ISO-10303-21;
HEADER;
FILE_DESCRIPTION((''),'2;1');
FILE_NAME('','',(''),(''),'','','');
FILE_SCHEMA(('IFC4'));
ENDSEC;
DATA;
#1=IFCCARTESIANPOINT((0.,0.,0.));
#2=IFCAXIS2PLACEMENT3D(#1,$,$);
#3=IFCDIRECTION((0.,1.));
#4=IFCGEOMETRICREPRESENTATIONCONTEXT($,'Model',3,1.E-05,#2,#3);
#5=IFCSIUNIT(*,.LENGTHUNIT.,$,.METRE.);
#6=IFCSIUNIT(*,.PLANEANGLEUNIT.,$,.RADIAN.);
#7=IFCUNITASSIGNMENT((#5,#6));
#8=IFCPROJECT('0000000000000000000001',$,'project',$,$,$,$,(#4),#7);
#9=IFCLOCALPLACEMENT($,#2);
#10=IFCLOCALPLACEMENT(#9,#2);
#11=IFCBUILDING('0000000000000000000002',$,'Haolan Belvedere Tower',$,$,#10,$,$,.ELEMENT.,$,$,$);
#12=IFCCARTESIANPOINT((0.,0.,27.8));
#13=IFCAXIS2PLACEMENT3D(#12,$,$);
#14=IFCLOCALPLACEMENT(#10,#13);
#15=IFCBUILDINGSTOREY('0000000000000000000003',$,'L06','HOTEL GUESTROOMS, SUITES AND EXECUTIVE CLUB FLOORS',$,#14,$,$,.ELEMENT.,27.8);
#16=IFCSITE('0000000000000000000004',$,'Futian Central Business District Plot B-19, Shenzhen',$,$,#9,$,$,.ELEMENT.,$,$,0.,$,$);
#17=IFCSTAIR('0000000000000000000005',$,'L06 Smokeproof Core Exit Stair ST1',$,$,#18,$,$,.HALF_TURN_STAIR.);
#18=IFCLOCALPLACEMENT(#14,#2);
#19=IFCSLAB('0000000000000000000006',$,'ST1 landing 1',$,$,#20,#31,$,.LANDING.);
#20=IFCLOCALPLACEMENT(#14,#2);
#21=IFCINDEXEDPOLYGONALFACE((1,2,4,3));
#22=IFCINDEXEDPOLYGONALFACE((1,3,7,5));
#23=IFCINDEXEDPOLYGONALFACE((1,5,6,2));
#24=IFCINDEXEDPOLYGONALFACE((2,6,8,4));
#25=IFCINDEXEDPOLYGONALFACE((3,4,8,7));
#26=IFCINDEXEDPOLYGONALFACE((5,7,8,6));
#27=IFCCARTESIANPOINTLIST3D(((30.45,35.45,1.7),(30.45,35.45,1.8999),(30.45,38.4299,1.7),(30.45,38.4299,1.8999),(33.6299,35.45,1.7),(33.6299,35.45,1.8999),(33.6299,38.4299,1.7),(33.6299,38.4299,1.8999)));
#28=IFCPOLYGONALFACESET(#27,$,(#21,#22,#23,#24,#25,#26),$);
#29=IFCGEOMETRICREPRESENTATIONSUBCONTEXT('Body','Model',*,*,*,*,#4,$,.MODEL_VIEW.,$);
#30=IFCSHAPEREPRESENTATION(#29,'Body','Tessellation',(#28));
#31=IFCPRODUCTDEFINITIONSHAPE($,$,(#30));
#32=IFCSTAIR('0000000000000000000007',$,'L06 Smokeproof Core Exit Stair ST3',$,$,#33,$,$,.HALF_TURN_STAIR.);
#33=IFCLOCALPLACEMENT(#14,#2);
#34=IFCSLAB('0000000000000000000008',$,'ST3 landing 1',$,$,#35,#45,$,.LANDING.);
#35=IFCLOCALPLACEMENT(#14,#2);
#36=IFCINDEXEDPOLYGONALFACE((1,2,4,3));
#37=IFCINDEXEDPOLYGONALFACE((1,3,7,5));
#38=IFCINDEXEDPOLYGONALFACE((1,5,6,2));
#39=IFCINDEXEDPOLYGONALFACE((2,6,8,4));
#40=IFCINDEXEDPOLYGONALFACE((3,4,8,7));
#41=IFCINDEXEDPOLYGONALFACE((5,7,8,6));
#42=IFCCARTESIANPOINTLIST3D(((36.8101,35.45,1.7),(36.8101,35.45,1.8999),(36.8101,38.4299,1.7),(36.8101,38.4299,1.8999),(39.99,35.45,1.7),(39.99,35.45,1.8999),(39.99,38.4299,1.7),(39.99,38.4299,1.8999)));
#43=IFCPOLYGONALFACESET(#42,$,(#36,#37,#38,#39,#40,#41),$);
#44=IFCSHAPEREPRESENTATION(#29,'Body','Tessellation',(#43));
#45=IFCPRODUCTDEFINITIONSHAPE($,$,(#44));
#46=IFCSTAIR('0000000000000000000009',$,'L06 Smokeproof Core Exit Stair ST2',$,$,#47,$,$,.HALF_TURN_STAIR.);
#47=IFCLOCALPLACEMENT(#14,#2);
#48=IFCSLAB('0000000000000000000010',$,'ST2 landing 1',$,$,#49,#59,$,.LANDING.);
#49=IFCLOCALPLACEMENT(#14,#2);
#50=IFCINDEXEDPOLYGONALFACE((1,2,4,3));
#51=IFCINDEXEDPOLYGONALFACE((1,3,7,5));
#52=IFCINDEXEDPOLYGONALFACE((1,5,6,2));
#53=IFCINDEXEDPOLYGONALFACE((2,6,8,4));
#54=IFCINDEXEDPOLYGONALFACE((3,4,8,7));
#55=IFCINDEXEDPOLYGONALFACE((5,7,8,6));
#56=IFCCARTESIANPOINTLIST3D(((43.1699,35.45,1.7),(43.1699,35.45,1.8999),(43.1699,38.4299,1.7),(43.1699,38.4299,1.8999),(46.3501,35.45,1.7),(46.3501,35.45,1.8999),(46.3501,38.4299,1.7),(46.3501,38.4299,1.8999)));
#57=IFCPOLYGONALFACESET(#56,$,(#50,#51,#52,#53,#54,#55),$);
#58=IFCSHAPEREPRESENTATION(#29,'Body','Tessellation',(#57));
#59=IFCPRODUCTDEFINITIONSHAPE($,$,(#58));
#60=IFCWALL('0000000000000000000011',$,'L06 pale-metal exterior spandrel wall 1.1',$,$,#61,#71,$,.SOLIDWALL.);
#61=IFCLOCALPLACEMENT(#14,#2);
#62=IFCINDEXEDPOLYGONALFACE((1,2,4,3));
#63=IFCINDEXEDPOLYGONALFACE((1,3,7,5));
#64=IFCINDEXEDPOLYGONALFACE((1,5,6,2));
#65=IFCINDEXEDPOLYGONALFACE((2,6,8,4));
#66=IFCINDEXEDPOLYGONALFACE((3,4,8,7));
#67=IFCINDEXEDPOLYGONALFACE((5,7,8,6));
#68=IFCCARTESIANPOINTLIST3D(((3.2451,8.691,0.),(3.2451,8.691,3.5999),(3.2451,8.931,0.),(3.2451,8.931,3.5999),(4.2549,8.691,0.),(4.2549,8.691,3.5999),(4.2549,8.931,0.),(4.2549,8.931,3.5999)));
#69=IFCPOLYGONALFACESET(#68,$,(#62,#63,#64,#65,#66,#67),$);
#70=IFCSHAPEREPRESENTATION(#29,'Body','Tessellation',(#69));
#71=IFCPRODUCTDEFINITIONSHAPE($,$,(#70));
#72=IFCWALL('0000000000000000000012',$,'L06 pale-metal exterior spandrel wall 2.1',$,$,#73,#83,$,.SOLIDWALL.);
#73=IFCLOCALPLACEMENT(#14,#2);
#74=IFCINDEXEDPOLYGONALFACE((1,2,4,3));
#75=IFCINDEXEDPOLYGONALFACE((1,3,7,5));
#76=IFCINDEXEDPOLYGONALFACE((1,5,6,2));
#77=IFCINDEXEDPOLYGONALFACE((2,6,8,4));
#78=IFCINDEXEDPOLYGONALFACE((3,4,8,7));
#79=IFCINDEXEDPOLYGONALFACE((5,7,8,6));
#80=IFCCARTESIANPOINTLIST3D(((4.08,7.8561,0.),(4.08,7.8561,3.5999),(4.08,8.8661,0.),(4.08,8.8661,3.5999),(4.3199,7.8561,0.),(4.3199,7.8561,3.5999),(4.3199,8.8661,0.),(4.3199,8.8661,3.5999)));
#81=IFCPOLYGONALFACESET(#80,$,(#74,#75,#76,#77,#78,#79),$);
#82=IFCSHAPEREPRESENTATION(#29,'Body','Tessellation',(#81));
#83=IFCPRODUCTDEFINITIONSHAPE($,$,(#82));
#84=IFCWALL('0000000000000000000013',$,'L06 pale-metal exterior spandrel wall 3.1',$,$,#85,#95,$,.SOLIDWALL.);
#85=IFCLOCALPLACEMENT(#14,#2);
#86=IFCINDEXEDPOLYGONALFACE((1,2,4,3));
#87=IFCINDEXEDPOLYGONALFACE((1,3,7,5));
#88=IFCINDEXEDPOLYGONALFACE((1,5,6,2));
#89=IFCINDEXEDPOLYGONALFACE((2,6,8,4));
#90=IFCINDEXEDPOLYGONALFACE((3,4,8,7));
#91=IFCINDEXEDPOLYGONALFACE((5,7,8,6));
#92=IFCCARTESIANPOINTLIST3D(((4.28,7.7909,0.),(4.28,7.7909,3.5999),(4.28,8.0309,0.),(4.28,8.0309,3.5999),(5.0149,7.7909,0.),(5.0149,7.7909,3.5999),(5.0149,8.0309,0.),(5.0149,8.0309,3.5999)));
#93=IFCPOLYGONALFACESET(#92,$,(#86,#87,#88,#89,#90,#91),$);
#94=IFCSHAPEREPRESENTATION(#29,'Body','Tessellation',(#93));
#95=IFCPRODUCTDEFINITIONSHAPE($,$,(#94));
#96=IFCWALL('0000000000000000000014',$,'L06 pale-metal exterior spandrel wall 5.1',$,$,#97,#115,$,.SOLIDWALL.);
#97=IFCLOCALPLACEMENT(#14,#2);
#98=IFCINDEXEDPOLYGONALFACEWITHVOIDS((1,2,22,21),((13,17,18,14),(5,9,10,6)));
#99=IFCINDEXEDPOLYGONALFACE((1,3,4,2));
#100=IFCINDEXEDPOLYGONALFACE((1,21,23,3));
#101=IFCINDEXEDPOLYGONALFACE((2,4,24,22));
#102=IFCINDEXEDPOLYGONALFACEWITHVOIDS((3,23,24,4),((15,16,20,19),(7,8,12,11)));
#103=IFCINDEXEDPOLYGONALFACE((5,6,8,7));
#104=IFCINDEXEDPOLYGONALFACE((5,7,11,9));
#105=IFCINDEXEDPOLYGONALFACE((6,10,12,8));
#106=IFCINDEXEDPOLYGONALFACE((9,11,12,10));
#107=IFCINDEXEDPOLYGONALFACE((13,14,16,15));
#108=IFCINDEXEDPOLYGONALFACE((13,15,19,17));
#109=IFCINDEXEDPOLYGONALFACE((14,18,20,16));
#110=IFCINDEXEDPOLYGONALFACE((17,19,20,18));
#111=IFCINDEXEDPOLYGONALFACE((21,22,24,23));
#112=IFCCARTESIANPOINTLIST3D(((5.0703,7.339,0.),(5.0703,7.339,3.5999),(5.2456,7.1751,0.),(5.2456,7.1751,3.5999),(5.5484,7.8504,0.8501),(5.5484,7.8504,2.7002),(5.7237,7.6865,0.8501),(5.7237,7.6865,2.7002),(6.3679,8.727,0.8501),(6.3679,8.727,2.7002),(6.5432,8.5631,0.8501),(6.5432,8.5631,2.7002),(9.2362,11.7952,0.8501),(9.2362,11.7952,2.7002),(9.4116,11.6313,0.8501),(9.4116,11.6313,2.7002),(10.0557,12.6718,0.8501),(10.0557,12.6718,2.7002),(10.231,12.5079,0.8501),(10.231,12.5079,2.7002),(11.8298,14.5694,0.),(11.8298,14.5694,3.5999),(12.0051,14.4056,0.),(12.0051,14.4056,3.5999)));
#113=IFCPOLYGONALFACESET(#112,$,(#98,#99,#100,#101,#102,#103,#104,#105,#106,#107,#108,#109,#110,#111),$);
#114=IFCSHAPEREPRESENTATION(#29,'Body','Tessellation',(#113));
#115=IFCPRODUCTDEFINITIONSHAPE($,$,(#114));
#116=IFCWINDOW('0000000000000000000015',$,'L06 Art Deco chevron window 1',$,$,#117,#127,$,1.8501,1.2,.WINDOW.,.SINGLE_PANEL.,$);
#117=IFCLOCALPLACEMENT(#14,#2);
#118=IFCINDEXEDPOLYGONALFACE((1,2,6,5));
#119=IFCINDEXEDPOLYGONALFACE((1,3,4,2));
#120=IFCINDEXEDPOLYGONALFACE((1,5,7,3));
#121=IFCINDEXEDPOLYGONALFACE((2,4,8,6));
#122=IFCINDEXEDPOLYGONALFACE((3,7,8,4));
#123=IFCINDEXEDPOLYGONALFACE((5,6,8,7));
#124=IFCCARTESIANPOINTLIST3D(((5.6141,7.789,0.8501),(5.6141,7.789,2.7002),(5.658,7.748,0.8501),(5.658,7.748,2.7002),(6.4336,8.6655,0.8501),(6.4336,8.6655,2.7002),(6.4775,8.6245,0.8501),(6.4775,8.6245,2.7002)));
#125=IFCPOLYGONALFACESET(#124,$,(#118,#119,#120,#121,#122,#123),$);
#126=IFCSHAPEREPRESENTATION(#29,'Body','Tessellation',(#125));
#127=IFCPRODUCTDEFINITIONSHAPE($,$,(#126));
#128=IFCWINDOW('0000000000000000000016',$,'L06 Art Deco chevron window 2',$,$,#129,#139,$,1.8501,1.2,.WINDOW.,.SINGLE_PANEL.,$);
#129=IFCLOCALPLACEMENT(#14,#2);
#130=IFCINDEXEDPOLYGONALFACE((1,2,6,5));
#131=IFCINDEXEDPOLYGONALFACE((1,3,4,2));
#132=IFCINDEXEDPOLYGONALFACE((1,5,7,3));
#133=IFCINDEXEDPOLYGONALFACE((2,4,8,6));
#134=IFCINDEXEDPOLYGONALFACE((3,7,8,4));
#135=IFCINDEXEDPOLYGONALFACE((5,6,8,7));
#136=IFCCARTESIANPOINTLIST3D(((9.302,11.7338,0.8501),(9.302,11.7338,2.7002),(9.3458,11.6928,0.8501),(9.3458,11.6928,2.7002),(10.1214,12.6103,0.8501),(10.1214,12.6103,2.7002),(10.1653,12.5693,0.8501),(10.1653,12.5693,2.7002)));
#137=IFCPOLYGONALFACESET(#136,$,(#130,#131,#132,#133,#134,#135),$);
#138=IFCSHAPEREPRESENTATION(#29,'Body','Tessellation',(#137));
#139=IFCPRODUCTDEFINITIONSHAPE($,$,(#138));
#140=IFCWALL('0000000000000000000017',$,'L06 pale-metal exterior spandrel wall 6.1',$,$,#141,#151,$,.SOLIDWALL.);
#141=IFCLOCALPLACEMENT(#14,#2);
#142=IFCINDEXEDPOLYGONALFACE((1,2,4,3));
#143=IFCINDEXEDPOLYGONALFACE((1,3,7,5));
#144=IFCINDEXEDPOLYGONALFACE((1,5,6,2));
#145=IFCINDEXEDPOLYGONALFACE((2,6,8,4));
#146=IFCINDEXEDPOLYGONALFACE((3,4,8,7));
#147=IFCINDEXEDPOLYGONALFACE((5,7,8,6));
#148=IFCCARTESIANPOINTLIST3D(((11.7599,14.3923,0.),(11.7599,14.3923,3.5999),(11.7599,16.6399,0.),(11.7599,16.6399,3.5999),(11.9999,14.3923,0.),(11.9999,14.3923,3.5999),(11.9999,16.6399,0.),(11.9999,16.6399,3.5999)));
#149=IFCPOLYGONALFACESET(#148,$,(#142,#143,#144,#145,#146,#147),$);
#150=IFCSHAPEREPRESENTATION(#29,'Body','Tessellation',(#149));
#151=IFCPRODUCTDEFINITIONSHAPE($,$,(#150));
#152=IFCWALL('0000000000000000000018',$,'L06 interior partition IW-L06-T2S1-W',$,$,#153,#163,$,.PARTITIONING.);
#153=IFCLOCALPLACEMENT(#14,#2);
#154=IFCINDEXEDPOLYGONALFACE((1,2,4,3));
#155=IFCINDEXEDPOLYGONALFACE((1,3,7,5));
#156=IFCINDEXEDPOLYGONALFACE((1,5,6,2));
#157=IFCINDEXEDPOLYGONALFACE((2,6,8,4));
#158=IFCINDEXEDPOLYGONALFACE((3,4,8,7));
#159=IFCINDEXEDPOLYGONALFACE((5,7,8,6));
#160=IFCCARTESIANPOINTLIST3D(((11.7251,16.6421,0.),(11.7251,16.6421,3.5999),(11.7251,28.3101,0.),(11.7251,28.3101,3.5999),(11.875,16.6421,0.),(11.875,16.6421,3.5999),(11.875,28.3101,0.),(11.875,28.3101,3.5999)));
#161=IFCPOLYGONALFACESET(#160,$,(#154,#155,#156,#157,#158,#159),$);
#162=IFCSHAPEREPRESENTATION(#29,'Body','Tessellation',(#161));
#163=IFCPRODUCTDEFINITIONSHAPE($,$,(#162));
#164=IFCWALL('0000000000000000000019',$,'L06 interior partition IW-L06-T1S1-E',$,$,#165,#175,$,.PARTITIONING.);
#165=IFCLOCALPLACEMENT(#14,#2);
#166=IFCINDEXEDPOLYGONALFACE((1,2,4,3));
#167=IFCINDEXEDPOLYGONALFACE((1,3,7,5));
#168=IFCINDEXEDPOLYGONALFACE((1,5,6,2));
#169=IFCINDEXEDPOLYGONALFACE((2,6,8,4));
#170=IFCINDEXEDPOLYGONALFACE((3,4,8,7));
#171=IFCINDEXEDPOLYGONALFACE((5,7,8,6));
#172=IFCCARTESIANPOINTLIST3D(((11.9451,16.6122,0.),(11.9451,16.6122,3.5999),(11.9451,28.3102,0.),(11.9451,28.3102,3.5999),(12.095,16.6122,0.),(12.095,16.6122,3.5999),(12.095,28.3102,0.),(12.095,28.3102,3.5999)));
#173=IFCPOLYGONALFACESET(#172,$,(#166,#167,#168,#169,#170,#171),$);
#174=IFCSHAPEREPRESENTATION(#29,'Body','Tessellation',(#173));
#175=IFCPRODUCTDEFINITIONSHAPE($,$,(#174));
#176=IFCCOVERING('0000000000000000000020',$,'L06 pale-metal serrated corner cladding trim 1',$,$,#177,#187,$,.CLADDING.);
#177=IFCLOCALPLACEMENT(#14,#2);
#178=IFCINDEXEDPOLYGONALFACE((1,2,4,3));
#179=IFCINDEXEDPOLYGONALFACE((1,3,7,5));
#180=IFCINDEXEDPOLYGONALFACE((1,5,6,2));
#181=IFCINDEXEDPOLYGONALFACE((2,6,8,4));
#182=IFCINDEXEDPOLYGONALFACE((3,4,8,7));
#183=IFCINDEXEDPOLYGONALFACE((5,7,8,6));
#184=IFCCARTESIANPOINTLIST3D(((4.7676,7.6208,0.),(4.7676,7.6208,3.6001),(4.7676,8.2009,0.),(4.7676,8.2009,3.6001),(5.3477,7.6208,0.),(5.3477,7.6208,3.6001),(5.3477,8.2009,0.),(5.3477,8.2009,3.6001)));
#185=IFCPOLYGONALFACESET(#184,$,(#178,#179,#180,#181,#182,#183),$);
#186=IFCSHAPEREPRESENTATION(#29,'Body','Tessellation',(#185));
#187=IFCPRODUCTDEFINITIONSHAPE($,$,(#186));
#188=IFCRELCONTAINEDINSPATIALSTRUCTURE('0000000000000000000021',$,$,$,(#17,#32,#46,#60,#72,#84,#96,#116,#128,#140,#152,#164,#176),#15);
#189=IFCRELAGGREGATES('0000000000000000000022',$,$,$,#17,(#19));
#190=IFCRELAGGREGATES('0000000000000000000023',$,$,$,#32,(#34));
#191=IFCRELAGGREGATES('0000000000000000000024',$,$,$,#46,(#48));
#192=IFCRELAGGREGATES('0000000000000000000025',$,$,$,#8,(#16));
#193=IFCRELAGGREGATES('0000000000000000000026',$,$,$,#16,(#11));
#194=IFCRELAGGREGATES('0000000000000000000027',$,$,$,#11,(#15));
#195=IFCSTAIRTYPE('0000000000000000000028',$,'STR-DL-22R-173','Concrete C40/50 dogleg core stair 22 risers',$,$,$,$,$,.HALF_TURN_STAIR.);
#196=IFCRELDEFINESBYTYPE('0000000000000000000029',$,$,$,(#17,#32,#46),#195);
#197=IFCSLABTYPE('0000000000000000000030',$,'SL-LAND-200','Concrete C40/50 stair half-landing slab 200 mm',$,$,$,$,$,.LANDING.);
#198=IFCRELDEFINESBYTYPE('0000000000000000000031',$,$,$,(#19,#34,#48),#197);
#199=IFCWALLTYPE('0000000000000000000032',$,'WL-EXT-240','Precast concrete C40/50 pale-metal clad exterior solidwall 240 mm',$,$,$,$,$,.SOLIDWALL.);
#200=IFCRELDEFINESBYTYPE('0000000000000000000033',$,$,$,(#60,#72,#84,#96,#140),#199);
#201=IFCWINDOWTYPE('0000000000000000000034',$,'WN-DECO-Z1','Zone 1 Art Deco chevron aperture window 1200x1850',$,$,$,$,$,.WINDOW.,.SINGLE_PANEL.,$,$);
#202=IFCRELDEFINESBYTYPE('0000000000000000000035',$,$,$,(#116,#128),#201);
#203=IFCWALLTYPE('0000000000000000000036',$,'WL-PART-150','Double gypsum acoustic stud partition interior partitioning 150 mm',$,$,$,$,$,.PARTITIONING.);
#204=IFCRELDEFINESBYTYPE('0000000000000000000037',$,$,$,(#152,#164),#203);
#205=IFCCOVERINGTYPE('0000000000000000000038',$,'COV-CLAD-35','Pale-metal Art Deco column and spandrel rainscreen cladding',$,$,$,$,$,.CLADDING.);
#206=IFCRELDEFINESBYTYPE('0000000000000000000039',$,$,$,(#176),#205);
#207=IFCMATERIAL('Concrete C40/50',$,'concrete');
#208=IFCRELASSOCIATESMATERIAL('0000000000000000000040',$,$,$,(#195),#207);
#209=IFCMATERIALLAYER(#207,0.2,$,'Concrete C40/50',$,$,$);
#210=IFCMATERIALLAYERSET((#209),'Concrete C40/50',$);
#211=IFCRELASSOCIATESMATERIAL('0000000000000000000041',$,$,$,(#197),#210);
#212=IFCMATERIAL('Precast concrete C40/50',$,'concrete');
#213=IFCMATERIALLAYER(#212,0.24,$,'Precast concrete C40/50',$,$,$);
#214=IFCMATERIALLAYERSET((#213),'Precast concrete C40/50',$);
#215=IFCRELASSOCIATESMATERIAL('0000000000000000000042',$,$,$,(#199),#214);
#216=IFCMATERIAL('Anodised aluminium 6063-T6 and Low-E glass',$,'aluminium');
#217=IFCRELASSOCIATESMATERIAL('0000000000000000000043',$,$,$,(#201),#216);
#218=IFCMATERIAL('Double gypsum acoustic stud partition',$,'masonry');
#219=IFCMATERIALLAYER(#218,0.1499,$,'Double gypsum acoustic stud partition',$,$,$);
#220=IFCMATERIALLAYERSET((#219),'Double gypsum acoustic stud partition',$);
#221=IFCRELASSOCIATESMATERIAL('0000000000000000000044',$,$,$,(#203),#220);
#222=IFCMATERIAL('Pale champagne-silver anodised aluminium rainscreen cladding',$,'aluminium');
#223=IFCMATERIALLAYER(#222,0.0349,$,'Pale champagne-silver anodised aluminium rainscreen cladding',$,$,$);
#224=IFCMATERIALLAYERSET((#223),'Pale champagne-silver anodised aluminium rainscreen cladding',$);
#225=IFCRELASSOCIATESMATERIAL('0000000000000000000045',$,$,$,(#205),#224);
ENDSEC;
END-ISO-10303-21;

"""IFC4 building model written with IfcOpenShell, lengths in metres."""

from ifc_helpers import new_model, si_unit, direction, frame, frame_2d, origin, origin_2d, place, context, subcontext, project, spatial, polyline, rectangle, outline, extrude, material, layer, layer_set, type_object, element, fill, aggregate, save


model = new_model("IFC4")

# Units and contexts
model_context = context("Model", 3, precision=1e-05, world=origin(), true_north=direction((0.0, 1.0)))
body_context = subcontext(model_context, "Body", "Model", "MODEL_VIEW")
ifc_project = project(units=[si_unit("LENGTHUNIT", "METRE"), si_unit("PLANEANGLEUNIT", "RADIAN")], contexts=[model_context])

# Site, building, storey
site_placement = place(None, origin())
site = spatial("IfcSite", under=ifc_project, at=site_placement, Name="Futian Central Business District Plot B-19, Shenzhen", CompositionType="ELEMENT", RefElevation=0.0)
building_placement = place(site_placement, origin())
building = spatial("IfcBuilding", under=site, at=building_placement, Name="Haolan Belvedere Tower", CompositionType="ELEMENT")
storey_placement = place(building_placement, frame((0.0, 0.0, 27.8)))
storey = spatial("IfcBuildingStorey", under=building, at=storey_placement, Name="L06", Description="HOTEL GUESTROOMS, SUITES AND EXECUTIVE CLUB FLOORS", CompositionType="ELEMENT", Elevation=27.8)

# Shared definitions
ifc_material_1 = material(Name="Concrete C40/50", Category="concrete")

# Stairs, slabs
stair_type = type_object("IfcStairType", Name="STR-DL-22R-173", Description="Concrete C40/50 dogleg core stair 22 risers", PredefinedType="HALF_TURN_STAIR", material=ifc_material_1)
stair_1_placement = place(storey_placement, origin())
stair_1 = element("IfcStair", 1, at=stair_1_placement, inside=storey, type_object=stair_type, Name="L06 Smokeproof Core Exit Stair ST1", PredefinedType="HALF_TURN_STAIR")
ifc_layer_1 = layer(ifc_material_1, 0.2, Name="Concrete C40/50")
ifc_layer_set_1 = layer_set([ifc_layer_1], Name="Concrete C40/50")
slab_type_1 = type_object("IfcSlabType", Name="SL-LAND-200", Description="Concrete C40/50 stair half-landing slab 200 mm", PredefinedType="LANDING", material=ifc_layer_set_1)
slab_1_placement = place(storey_placement, frame((0.0, 0.0, 1.7)))
slab_1 = element("IfcSlab", 2, at=slab_1_placement, type_object=slab_type_1, Name="ST1 landing 1", PredefinedType="LANDING", context=body_context, shape_type="SweptSolid", body=[
    extrude(outline(polyline([(30.45, 38.4299), (30.45, 35.45), (33.6299, 35.45), (33.6299, 38.4299), (30.45, 38.4299)])), origin(), (0.0, 0.0, 1.0), 0.2),
])
aggregate(stair_1, [slab_1])
stair_2_placement = place(storey_placement, origin())
stair_2 = element("IfcStair", 3, at=stair_2_placement, inside=storey, type_object=stair_type, Name="L06 Smokeproof Core Exit Stair ST3", PredefinedType="HALF_TURN_STAIR")
slab_2_placement = place(storey_placement, frame((0.0, 0.0, 1.7)))
slab_2 = element("IfcSlab", 4, at=slab_2_placement, type_object=slab_type_1, Name="ST3 landing 1", PredefinedType="LANDING", context=body_context, shape_type="SweptSolid", body=[
    extrude(outline(polyline([(36.8101, 38.4299), (36.8101, 35.45), (39.99, 35.45), (39.99, 38.4299), (36.8101, 38.4299)])), origin(), (0.0, 0.0, 1.0), 0.2),
])
aggregate(stair_2, [slab_2])
stair_3_placement = place(storey_placement, origin())
stair_3 = element("IfcStair", 5, at=stair_3_placement, inside=storey, type_object=stair_type, Name="L06 Smokeproof Core Exit Stair ST2", PredefinedType="HALF_TURN_STAIR")
slab_3_placement = place(storey_placement, frame((0.0, 0.0, 1.7)))
slab_3 = element("IfcSlab", 6, at=slab_3_placement, type_object=slab_type_1, Name="ST2 landing 1", PredefinedType="LANDING", context=body_context, shape_type="SweptSolid", body=[
    extrude(outline(polyline([(43.1699, 38.4299), (43.1699, 35.45), (46.3501, 35.45), (46.3501, 38.4299), (43.1699, 38.4299)])), origin(), (0.0, 0.0, 1.0), 0.2),
])
aggregate(stair_3, [slab_3])

# Walls
ifc_material_2 = material(Name="Precast concrete C40/50", Category="concrete")
ifc_layer_2 = layer(ifc_material_2, 0.24, Name="Precast concrete C40/50")
ifc_layer_set_2 = layer_set([ifc_layer_2], Name="Precast concrete C40/50")
wall_type_1 = type_object("IfcWallType", Name="WL-EXT-240", Description="Precast concrete C40/50 pale-metal clad exterior solidwall 240 mm", PredefinedType="SOLIDWALL", material=ifc_layer_set_2)
wall_1_placement = place(storey_placement, frame((3.2451, 8.811, 0.0), z_axis=(0.0, 0.0, 1.0), x_axis=(1.0, 0.0, 0.0)))
element("IfcWall", 7, at=wall_1_placement, inside=storey, type_object=wall_type_1, Name="L06 pale-metal exterior spandrel wall 1.1", PredefinedType="SOLIDWALL", context=body_context, shape_type="SweptSolid", body=[
    extrude(rectangle(XDim=1.0098, YDim=0.24, at=frame_2d((0.5049, 0.0))), origin(), (0.0, 0.0, 1.0), 3.5999),
])
wall_2_placement = place(storey_placement, frame((4.2, 8.866, 0.0), z_axis=(0.0, 0.0, 1.0), x_axis=(0.0, -1.0, 0.0)))
element("IfcWall", 8, at=wall_2_placement, inside=storey, type_object=wall_type_1, Name="L06 pale-metal exterior spandrel wall 2.1", PredefinedType="SOLIDWALL", context=body_context, shape_type="SweptSolid", body=[
    extrude(rectangle(XDim=1.01, YDim=0.24, at=frame_2d((0.5049, 0.0))), origin(), (0.0, 0.0, 1.0), 3.5999),
])
wall_3_placement = place(storey_placement, frame((4.28, 7.9109, 0.0), z_axis=(0.0, 0.0, 1.0), x_axis=(1.0, 0.0, 0.0)))
element("IfcWall", 9, at=wall_3_placement, inside=storey, type_object=wall_type_1, Name="L06 pale-metal exterior spandrel wall 3.1", PredefinedType="SOLIDWALL", context=body_context, shape_type="SweptSolid", body=[
    extrude(rectangle(XDim=0.7349, YDim=0.24, at=frame_2d((0.3674, 0.0))), origin(), (0.0, 0.0, 1.0), 3.5999),
])

# Wall, openings, windows
wall_4_placement = place(storey_placement, frame((5.158, 7.2571, 0.0), z_axis=(0.0, 0.0, 1.0), x_axis=(0.682916, 0.730496, 0.0)))
wall_4 = element("IfcWall", 10, at=wall_4_placement, inside=storey, type_object=wall_type_1, Name="L06 pale-metal exterior spandrel wall 5.1", PredefinedType="SOLIDWALL", context=body_context, shape_type="SweptSolid", body=[
    extrude(rectangle(XDim=9.8979, YDim=0.24, at=frame_2d((4.949, 0.0))), origin(), (0.0, 0.0, 1.0), 3.5999),
])
opening_1_placement = place(wall_4_placement, frame((0.7, 0.0, 0.8501)))
opening_1 = element("IfcOpeningElement", 11, at=opening_1_placement, cuts=wall_4, PredefinedType="OPENING", context=body_context, shape_type="SweptSolid", body=[
    extrude(rectangle(XDim=1.2, YDim=1.8501, at=frame_2d((0.6001, 0.925))), frame((0.0, 0.1299, 0.0), z_axis=(0.0, -1.0, 0.0), x_axis=(1.0, 0.0, 0.0)), (0.0, 0.0, 1.0), 0.26),
])
opening_2_placement = place(wall_4_placement, frame((6.1001, 0.0, 0.8501)))
opening_2 = element("IfcOpeningElement", 12, at=opening_2_placement, cuts=wall_4, PredefinedType="OPENING", context=body_context, shape_type="SweptSolid", body=[
    extrude(rectangle(XDim=1.2, YDim=1.8501, at=frame_2d((0.6001, 0.925))), frame((0.0, 0.1299, 0.0), z_axis=(0.0, -1.0, 0.0), x_axis=(1.0, 0.0, 0.0)), (0.0, 0.0, 1.0), 0.26),
])
ifc_material_3 = material(Name="Anodised aluminium 6063-T6 and Low-E glass", Category="aluminium")
window_type = type_object("IfcWindowType", Name="WN-DECO-Z1", Description="Zone 1 Art Deco chevron aperture window 1200x1850", PartitioningType="SINGLE_PANEL", PredefinedType="WINDOW", material=ifc_material_3)
window_1_placement = place(opening_1_placement, origin())
window_1 = element("IfcWindow", 13, at=window_1_placement, inside=storey, type_object=window_type, Name="L06 Art Deco chevron window 1", OverallHeight=1.8501, OverallWidth=1.2, PartitioningType="SINGLE_PANEL", PredefinedType="WINDOW", context=body_context, shape_type="SweptSolid", body=[
    extrude(rectangle(XDim=1.2, YDim=1.8501, at=frame_2d((0.6001, 0.925))), frame((0.0, 0.03, 0.0), z_axis=(0.0, -1.0, 0.0), x_axis=(1.0, 0.0, 0.0)), (0.0, 0.0, 1.0), 0.0601),
])
fill(opening_1, window_1)
window_2_placement = place(opening_2_placement, origin())
window_2 = element("IfcWindow", 14, at=window_2_placement, inside=storey, type_object=window_type, Name="L06 Art Deco chevron window 2", OverallHeight=1.8501, OverallWidth=1.2, PartitioningType="SINGLE_PANEL", PredefinedType="WINDOW", context=body_context, shape_type="SweptSolid", body=[
    extrude(rectangle(XDim=1.2, YDim=1.8501, at=frame_2d((0.6001, 0.925))), frame((0.0, 0.03, 0.0), z_axis=(0.0, -1.0, 0.0), x_axis=(1.0, 0.0, 0.0)), (0.0, 0.0, 1.0), 0.0601),
])
fill(opening_2, window_2)

# Walls
wall_5_placement = place(storey_placement, frame((11.8799, 14.3923, 0.0), z_axis=(0.0, 0.0, 1.0), x_axis=(0.0, 1.0, 0.0)))
element("IfcWall", 15, at=wall_5_placement, inside=storey, type_object=wall_type_1, Name="L06 pale-metal exterior spandrel wall 6.1", PredefinedType="SOLIDWALL", context=body_context, shape_type="SweptSolid", body=[
    extrude(rectangle(XDim=2.2476, YDim=0.24, at=frame_2d((1.1238, 0.0))), origin(), (0.0, 0.0, 1.0), 3.5999),
])
ifc_material_4 = material(Name="Double gypsum acoustic stud partition", Category="masonry")
ifc_layer_3 = layer(ifc_material_4, 0.1499, Name="Double gypsum acoustic stud partition")
ifc_layer_set_3 = layer_set([ifc_layer_3], Name="Double gypsum acoustic stud partition")
wall_type_2 = type_object("IfcWallType", Name="WL-PART-150", Description="Double gypsum acoustic stud partition interior partitioning 150 mm", PredefinedType="PARTITIONING", material=ifc_layer_set_3)
wall_6_placement = place(storey_placement, frame((11.8, 16.6421, 0.0), z_axis=(0.0, 0.0, 1.0), x_axis=(0.0, 1.0, 0.0)))
element("IfcWall", 16, at=wall_6_placement, inside=storey, type_object=wall_type_2, Name="L06 interior partition IW-L06-T2S1-W", PredefinedType="PARTITIONING", context=body_context, shape_type="SweptSolid", body=[
    extrude(rectangle(XDim=11.668, YDim=0.1499, at=frame_2d((5.834, 0.0))), origin(), (0.0, 0.0, 1.0), 3.5999),
])
wall_7_placement = place(storey_placement, frame((12.02, 16.6121, 0.0), z_axis=(0.0, 0.0, 1.0), x_axis=(0.0, 1.0, 0.0)))
element("IfcWall", 17, at=wall_7_placement, inside=storey, type_object=wall_type_2, Name="L06 interior partition IW-L06-T1S1-E", PredefinedType="PARTITIONING", context=body_context, shape_type="SweptSolid", body=[
    extrude(rectangle(XDim=11.698, YDim=0.1499, at=frame_2d((5.8491, 0.0))), origin(), (0.0, 0.0, 1.0), 3.5999),
])

# Covering
ifc_material_5 = material(Name="Pale champagne-silver anodised aluminium rainscreen cladding", Category="aluminium")
ifc_layer_4 = layer(ifc_material_5, 0.0349, Name="Pale champagne-silver anodised aluminium rainscreen cladding")
ifc_layer_set_4 = layer_set([ifc_layer_4], Name="Pale champagne-silver anodised aluminium rainscreen cladding")
covering_type_1 = type_object("IfcCoveringType", Name="COV-CLAD-35", Description="Pale-metal Art Deco column and spandrel rainscreen cladding", PredefinedType="CLADDING", material=ifc_layer_set_4)
for number, where, z_axis, x_axis, name in (
    (18, (5.0576, 7.9109, 0.0), (0.0, 0.0, 1.0), (1.0, 0.0, 0.0), "L06 pale-metal serrated corner cladding trim 1"),
):
    element("IfcCovering", number, at=place(storey_placement, frame(where, z_axis=z_axis, x_axis=x_axis)), inside=storey, type_object=covering_type_1, Name=name, PredefinedType="CLADDING", context=body_context, shape_type="SweptSolid", body=[
        extrude(rectangle(XDim=0.5801, YDim=0.5801, at=origin_2d()), origin(), (0.0, 0.0, 1.0), 3.6001),
    ])

save(model, "model.ifc")
